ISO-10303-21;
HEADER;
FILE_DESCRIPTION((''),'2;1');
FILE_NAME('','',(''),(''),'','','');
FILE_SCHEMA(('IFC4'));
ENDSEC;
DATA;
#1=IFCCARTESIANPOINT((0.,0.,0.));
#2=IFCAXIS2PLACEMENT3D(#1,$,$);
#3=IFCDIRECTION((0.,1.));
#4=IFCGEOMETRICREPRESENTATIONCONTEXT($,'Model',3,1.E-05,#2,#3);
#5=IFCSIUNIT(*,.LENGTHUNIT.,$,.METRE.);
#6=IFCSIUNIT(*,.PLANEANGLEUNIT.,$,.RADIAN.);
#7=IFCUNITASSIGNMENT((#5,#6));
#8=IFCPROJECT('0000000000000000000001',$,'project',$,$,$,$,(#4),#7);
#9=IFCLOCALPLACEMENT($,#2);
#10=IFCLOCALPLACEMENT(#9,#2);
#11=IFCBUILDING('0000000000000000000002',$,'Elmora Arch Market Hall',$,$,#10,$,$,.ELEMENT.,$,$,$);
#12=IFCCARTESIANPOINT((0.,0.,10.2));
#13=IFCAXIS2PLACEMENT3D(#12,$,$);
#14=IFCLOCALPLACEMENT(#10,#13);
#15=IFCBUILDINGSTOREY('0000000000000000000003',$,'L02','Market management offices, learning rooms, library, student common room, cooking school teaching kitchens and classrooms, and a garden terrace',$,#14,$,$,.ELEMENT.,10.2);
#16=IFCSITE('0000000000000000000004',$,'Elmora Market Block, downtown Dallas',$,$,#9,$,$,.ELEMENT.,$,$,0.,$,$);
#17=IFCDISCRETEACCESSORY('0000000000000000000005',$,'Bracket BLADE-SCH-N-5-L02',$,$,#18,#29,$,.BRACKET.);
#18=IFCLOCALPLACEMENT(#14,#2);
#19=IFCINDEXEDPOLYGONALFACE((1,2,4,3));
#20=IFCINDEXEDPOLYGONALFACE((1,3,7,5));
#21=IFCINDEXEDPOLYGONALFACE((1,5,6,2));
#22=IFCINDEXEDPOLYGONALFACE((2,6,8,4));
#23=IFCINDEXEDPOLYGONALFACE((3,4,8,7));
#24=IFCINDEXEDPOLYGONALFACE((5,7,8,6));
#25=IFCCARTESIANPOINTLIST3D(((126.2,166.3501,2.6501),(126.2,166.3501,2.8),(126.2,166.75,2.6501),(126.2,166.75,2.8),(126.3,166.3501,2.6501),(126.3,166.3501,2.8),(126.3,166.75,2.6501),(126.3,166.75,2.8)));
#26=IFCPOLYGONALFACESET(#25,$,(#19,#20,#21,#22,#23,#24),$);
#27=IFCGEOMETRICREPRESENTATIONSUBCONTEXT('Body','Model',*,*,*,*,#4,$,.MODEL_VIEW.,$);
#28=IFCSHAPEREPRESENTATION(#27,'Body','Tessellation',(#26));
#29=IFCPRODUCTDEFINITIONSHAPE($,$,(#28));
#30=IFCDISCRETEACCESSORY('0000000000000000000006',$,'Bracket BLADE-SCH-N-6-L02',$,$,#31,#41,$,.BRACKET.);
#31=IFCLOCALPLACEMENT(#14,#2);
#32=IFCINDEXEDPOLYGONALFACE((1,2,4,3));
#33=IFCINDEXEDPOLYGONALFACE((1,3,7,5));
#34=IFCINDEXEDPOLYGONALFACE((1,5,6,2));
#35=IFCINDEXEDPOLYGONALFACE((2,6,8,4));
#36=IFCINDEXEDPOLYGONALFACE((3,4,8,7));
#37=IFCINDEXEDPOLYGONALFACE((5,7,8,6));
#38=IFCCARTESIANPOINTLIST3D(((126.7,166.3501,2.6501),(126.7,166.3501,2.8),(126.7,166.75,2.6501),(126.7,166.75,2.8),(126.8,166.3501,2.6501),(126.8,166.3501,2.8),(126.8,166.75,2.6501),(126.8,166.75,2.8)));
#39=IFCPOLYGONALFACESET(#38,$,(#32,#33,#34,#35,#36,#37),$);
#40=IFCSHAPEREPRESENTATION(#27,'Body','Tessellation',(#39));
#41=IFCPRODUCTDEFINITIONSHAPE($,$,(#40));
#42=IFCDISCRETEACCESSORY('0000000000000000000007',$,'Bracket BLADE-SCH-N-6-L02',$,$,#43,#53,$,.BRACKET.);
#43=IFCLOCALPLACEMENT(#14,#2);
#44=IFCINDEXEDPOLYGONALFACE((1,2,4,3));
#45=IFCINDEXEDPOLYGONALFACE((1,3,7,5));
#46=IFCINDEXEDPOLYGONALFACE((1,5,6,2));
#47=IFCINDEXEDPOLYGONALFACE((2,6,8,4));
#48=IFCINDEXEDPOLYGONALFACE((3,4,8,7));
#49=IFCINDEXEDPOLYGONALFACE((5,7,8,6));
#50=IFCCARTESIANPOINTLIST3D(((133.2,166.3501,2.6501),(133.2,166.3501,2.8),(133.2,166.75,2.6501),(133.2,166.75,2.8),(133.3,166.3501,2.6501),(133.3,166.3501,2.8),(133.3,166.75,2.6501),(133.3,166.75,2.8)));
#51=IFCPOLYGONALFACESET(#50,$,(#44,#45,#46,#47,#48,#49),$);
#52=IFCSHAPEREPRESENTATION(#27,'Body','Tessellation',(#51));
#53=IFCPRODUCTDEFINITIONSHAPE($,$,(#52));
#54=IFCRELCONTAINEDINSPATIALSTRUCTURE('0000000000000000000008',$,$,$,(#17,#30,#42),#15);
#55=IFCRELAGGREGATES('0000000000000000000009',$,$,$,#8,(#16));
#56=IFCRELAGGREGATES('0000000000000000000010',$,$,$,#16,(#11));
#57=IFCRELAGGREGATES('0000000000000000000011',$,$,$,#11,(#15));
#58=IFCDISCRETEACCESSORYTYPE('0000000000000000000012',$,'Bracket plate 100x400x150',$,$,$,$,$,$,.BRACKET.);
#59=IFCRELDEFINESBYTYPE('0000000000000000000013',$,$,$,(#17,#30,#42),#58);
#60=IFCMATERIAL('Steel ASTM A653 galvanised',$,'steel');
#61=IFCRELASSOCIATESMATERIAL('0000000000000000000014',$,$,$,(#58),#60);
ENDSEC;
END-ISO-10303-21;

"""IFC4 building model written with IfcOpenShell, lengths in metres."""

from ifc_helpers import new_model, si_unit, direction, frame, origin, origin_2d, place, context, subcontext, project, spatial, rectangle, extrude, material, type_object, element, save


model = new_model("IFC4")

# Units and contexts
model_context = context("Model", 3, precision=1e-05, world=origin(), true_north=direction((0.0, 1.0)))
body_context = subcontext(model_context, "Body", "Model", "MODEL_VIEW")
ifc_project = project(units=[si_unit("LENGTHUNIT", "METRE"), si_unit("PLANEANGLEUNIT", "RADIAN")], contexts=[model_context])

# Site, building, storey
site_placement = place(None, origin())
site = spatial("IfcSite", under=ifc_project, at=site_placement, Name="Elmora Market Block, downtown Dallas", CompositionType="ELEMENT", RefElevation=0.0)
building_placement = place(site_placement, origin())
building = spatial("IfcBuilding", under=site, at=building_placement, Name="Elmora Arch Market Hall", CompositionType="ELEMENT")
storey_placement = place(building_placement, frame((0.0, 0.0, 10.2)))
storey = spatial("IfcBuildingStorey", under=building, at=storey_placement, Name="L02", Description="Market management offices, learning rooms, library, student common room, cooking school teaching kitchens and classrooms, and a garden terrace", CompositionType="ELEMENT", Elevation=10.2)

# Discrete accessories
ifc_material_1 = material(Name="Steel ASTM A653 galvanised", Category="steel")
discrete_accessory_type = type_object("IfcDiscreteAccessoryType", Name="Bracket plate 100x400x150", PredefinedType="BRACKET", material=ifc_material_1)
for number, where, z_axis, x_axis, name in (
    (1, (126.25, 166.55, 2.6501), (0.0, 0.0, 1.0), (1.0, 0.0, 0.0), "Bracket BLADE-SCH-N-5-L02"),
    (2, (126.75, 166.55, 2.6501), (0.0, 0.0, 1.0), (1.0, 0.0, 0.0), "Bracket BLADE-SCH-N-6-L02"),
    (3, (133.25, 166.55, 2.6501), (0.0, 0.0, 1.0), (1.0, 0.0, 0.0), "Bracket BLADE-SCH-N-6-L02"),
):
    element("IfcDiscreteAccessory", number, at=place(storey_placement, frame(where, z_axis=z_axis, x_axis=x_axis)), inside=storey, type_object=discrete_accessory_type, Name=name, PredefinedType="BRACKET", context=body_context, shape_type="SweptSolid", body=[
        extrude(rectangle(XDim=0.1001, YDim=0.3999, at=origin_2d()), origin(), (0.0, 0.0, 1.0), 0.1499),
    ])

save(model, "model.ifc")
